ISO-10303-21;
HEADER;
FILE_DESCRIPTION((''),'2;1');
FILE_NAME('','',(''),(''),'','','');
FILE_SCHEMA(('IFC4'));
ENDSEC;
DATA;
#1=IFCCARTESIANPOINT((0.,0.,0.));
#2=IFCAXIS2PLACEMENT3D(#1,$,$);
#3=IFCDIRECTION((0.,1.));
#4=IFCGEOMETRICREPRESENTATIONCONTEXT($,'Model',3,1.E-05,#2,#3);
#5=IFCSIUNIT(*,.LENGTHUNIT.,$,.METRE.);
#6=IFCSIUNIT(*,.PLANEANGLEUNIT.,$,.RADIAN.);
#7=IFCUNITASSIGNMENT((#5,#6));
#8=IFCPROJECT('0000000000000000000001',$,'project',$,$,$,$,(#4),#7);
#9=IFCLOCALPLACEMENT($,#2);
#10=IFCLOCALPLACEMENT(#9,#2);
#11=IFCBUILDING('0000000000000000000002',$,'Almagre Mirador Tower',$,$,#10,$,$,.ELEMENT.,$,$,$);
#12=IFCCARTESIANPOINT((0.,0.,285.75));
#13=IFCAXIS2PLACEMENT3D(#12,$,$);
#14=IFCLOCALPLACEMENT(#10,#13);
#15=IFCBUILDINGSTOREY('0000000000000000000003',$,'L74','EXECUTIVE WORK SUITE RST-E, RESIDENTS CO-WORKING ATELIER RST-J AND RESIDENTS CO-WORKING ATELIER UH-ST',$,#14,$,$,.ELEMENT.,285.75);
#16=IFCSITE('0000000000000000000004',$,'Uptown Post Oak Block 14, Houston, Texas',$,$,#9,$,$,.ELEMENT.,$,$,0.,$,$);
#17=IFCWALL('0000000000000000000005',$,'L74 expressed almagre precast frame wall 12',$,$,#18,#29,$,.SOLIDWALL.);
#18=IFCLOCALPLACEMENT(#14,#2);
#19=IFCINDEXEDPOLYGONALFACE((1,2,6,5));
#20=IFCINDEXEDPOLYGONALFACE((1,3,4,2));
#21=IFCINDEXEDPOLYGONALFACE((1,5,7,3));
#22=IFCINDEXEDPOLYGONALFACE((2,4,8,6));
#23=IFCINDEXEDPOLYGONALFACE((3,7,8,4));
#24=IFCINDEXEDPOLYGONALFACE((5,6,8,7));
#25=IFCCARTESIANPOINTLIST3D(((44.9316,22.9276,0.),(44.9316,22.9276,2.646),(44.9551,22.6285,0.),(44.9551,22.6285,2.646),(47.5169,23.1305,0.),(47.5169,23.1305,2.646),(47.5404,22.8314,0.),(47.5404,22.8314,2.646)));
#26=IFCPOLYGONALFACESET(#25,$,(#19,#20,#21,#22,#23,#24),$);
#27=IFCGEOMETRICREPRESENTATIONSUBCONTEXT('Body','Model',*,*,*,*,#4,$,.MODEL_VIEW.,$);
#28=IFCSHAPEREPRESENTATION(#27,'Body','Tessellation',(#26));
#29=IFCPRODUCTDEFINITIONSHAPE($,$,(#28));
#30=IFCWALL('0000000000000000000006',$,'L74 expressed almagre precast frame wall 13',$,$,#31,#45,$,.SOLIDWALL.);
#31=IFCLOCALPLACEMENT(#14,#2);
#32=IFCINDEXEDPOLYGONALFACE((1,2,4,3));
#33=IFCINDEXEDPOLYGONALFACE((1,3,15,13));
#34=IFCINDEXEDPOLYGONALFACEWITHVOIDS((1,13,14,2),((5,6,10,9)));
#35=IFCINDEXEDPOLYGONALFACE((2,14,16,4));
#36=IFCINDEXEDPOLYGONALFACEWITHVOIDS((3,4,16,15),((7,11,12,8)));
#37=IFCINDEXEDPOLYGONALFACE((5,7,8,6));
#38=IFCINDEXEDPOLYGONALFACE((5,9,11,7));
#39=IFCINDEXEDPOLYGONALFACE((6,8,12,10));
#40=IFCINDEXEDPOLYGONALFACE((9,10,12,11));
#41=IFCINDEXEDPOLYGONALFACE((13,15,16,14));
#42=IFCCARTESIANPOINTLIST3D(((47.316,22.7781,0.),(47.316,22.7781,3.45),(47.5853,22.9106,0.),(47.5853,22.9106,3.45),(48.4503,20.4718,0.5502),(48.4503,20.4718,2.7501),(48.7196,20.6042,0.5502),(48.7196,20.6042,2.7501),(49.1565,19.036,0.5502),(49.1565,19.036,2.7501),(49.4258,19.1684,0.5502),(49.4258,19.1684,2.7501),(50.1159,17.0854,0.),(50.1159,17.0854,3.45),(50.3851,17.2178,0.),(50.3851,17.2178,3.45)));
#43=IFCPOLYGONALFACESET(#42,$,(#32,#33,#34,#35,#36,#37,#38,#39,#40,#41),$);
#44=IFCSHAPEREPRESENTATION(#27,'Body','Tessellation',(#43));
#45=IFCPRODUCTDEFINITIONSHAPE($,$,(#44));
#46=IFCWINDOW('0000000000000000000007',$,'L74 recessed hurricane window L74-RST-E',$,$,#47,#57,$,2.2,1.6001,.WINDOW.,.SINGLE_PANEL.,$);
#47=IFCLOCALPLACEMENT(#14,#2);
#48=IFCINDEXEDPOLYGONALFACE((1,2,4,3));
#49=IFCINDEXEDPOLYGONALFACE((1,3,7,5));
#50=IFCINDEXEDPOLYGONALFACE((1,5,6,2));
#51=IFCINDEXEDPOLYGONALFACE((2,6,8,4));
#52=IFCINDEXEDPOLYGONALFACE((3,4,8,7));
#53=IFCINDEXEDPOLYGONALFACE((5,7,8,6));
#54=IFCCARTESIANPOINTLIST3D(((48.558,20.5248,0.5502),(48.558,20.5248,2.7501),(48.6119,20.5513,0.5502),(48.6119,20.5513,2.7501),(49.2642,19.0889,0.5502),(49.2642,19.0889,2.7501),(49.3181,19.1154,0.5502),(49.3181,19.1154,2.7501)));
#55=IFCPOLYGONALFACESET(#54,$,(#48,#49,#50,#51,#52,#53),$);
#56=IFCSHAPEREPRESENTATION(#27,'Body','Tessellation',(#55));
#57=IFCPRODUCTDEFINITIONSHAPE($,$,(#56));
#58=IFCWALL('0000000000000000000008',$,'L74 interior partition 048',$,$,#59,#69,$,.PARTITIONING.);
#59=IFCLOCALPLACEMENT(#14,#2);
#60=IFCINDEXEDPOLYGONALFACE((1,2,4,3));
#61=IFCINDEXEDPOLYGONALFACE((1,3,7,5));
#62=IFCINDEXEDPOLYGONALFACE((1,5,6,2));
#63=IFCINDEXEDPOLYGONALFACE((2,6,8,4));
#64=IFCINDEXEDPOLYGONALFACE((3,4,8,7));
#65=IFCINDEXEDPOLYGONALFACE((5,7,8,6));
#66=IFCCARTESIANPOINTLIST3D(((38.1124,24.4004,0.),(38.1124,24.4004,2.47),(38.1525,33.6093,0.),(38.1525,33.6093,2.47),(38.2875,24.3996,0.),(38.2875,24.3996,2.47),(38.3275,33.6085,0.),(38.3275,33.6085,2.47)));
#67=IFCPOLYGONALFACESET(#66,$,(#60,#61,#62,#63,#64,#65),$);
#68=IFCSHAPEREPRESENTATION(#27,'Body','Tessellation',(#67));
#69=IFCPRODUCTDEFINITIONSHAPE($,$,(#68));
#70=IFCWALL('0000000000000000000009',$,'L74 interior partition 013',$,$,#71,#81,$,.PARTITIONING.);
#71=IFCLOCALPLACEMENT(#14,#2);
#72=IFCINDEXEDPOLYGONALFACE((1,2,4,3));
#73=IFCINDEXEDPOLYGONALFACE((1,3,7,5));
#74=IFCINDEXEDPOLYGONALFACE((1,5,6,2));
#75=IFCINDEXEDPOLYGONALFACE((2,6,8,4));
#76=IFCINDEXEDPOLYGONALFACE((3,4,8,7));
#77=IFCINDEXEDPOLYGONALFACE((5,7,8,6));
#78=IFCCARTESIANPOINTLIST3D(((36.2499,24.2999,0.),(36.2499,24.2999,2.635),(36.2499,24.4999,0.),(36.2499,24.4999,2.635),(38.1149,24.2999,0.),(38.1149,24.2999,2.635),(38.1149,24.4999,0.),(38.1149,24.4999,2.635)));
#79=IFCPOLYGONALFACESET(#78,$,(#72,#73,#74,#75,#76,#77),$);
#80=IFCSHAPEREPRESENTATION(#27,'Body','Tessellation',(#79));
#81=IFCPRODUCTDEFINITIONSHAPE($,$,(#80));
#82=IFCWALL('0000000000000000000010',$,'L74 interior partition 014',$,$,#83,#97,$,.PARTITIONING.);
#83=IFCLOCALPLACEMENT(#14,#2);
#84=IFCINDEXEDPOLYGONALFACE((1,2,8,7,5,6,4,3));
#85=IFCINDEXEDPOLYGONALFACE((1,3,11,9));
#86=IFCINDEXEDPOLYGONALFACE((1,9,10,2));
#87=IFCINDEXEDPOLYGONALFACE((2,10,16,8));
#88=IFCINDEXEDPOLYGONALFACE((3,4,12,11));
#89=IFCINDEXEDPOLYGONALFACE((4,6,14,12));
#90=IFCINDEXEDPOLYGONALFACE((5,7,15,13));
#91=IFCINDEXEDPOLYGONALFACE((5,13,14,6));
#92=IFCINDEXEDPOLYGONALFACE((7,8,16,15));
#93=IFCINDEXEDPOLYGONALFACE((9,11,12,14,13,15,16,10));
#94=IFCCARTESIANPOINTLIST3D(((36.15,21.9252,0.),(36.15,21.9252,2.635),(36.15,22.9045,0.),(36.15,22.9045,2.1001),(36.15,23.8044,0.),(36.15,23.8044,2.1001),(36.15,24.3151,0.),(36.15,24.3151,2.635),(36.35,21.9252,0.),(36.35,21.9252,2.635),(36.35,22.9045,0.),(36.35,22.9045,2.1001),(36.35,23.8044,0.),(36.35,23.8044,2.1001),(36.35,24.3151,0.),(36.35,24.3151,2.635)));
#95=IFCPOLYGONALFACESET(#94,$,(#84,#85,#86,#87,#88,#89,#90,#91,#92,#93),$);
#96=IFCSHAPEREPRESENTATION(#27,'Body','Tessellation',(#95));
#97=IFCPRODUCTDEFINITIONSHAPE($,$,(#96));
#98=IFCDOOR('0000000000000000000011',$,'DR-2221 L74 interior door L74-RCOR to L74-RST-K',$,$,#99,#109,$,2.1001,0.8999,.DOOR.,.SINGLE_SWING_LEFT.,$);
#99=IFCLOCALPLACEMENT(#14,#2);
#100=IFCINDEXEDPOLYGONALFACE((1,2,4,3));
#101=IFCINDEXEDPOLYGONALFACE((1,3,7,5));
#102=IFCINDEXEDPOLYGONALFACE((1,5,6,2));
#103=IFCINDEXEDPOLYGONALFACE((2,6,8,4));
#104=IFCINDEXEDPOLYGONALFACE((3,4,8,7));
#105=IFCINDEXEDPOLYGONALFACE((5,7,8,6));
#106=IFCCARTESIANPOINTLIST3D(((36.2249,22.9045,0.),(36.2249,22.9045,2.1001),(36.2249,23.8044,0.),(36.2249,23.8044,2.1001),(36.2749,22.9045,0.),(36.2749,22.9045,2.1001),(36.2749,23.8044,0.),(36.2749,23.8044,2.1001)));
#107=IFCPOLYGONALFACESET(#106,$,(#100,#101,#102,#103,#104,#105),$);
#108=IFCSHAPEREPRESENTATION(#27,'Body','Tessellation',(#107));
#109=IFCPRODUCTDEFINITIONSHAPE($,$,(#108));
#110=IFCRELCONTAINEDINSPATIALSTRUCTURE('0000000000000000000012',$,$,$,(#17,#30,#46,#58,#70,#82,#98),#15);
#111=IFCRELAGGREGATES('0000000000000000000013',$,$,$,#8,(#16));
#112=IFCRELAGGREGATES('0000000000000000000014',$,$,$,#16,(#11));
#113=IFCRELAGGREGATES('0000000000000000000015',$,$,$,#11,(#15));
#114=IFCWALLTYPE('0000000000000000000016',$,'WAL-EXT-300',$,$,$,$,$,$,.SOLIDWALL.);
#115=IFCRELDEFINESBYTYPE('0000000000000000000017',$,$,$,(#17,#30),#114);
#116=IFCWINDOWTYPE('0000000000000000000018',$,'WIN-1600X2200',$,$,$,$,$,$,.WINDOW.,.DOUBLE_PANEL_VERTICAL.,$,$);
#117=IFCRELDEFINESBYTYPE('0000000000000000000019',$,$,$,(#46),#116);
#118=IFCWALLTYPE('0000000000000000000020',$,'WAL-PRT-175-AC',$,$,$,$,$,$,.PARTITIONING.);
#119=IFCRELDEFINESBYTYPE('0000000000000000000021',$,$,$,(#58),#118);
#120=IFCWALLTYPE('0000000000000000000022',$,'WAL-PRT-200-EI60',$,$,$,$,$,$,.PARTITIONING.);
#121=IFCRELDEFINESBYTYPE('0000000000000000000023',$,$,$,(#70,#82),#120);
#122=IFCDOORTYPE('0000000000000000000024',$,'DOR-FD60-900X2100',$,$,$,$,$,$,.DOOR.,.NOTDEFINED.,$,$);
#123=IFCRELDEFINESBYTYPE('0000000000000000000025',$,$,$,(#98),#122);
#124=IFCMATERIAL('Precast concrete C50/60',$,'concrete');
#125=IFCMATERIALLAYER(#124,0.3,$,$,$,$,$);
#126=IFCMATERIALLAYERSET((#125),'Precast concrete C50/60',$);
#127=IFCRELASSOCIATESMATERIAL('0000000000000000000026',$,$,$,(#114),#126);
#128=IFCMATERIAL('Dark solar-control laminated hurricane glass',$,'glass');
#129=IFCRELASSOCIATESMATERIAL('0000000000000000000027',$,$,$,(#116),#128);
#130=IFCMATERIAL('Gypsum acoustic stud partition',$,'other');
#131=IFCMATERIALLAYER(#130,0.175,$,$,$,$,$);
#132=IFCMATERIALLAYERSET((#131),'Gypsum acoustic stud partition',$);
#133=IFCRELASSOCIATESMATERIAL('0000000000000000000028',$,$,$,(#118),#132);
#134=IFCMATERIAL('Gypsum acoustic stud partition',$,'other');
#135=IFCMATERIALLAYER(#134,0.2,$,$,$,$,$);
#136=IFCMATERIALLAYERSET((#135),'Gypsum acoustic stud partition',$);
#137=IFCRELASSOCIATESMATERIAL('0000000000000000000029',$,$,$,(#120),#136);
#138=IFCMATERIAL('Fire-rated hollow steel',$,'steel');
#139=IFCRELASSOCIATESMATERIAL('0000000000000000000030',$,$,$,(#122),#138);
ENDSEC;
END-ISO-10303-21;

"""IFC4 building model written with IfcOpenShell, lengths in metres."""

from ifc_helpers import new_model, si_unit, direction, frame, frame_2d, origin, place, context, subcontext, project, spatial, rectangle, extrude, material, layer, layer_set, type_object, element, fill, save


model = new_model("IFC4")

# Units and contexts
model_context = context("Model", 3, precision=1e-05, world=origin(), true_north=direction((0.0, 1.0)))
body_context = subcontext(model_context, "Body", "Model", "MODEL_VIEW")
ifc_project = project(units=[si_unit("LENGTHUNIT", "METRE"), si_unit("PLANEANGLEUNIT", "RADIAN")], contexts=[model_context])

# Site, building, storey
site_placement = place(None, origin())
site = spatial("IfcSite", under=ifc_project, at=site_placement, Name="Uptown Post Oak Block 14, Houston, Texas", CompositionType="ELEMENT", RefElevation=0.0)
building_placement = place(site_placement, origin())
building = spatial("IfcBuilding", under=site, at=building_placement, Name="Almagre Mirador Tower", CompositionType="ELEMENT")
storey_placement = place(building_placement, frame((0.0, 0.0, 285.75)))
storey = spatial("IfcBuildingStorey", under=building, at=storey_placement, Name="L74", Description="EXECUTIVE WORK SUITE RST-E, RESIDENTS CO-WORKING ATELIER RST-J AND RESIDENTS CO-WORKING ATELIER UH-ST", CompositionType="ELEMENT", Elevation=285.75)

# Shared definitions
ifc_material_1 = material(Name="Precast concrete C50/60", Category="concrete")
ifc_layer_1 = layer(ifc_material_1, 0.3)
ifc_layer_set_1 = layer_set([ifc_layer_1], Name="Precast concrete C50/60")
wall_type_1 = type_object("IfcWallType", Name="WAL-EXT-300", PredefinedType="SOLIDWALL", material=ifc_layer_set_1)

# Wall
wall_1_placement = place(storey_placement, frame((44.9434, 22.7781, 0.0), z_axis=(0.0, 0.0, 1.0), x_axis=(0.996935, 0.078237, 0.0)))
element("IfcWall", 1, at=wall_1_placement, inside=storey, type_object=wall_type_1, Name="L74 expressed almagre precast frame wall 12", PredefinedType="SOLIDWALL", context=body_context, shape_type="SweptSolid", body=[
    extrude(rectangle(XDim=2.5933, YDim=0.3, at=frame_2d((1.2966, 0.0))), origin(), (0.0, 0.0, 1.0), 2.646),
])

# Wall, opening, window
wall_2_placement = place(storey_placement, frame((47.4507, 22.8442, 0.0), z_axis=(0.0, 0.0, 1.0), x_axis=(0.441339, -0.89734, 0.0)))
wall_2 = element("IfcWall", 2, at=wall_2_placement, inside=storey, type_object=wall_type_1, Name="L74 expressed almagre precast frame wall 13", PredefinedType="SOLIDWALL", context=body_context, shape_type="SweptSolid", body=[
    extrude(rectangle(XDim=6.344, YDim=0.3, at=frame_2d((3.1719, 0.0))), origin(), (0.0, 0.0, 1.0), 3.45),
])
opening_1_placement = place(wall_2_placement, frame((2.5701, 0.0, 0.55)))
opening_1 = element("IfcOpeningElement", 3, at=opening_1_placement, cuts=wall_2, PredefinedType="OPENING", context=body_context, shape_type="SweptSolid", body=[
    extrude(rectangle(XDim=1.6001, YDim=2.2, at=frame_2d((0.8, 1.1001))), frame((0.0, 0.1599, 0.0), z_axis=(0.0, -1.0, 0.0), x_axis=(1.0, 0.0, 0.0)), (0.0, 0.0, 1.0), 0.32),
])
ifc_material_2 = material(Name="Dark solar-control laminated hurricane glass", Category="glass")
window_type_1 = type_object("IfcWindowType", Name="WIN-1600X2200", PartitioningType="DOUBLE_PANEL_VERTICAL", PredefinedType="WINDOW", material=ifc_material_2)
window_1_placement = place(opening_1_placement, origin())
window_1 = element("IfcWindow", 4, at=window_1_placement, inside=storey, type_object=window_type_1, Name="L74 recessed hurricane window L74-RST-E", OverallHeight=2.2, OverallWidth=1.6001, PartitioningType="SINGLE_PANEL", PredefinedType="WINDOW", context=body_context, shape_type="SweptSolid", body=[
    extrude(rectangle(XDim=1.6001, YDim=2.2, at=frame_2d((0.8, 1.1001))), frame((0.0, 0.03, 0.0), z_axis=(0.0, -1.0, 0.0), x_axis=(1.0, 0.0, 0.0)), (0.0, 0.0, 1.0), 0.0601),
])
fill(opening_1, window_1)

# Walls
ifc_material_3 = material(Name="Gypsum acoustic stud partition", Category="other")
ifc_layer_2 = layer(ifc_material_3, 0.175)
ifc_layer_set_2 = layer_set([ifc_layer_2], Name="Gypsum acoustic stud partition")
wall_type_2 = type_object("IfcWallType", Name="WAL-PRT-175-AC", PredefinedType="PARTITIONING", material=ifc_layer_set_2)
wall_3_placement = place(storey_placement, frame((38.24, 33.6089, 0.0), z_axis=(0.0, 0.0, 1.0), x_axis=(-0.004348, -0.999991, 0.0)))
element("IfcWall", 5, at=wall_3_placement, inside=storey, type_object=wall_type_2, Name="L74 interior partition 048", PredefinedType="PARTITIONING", context=body_context, shape_type="SweptSolid", body=[
    extrude(rectangle(XDim=9.209, YDim=0.175, at=frame_2d((4.6045, 0.0))), origin(), (0.0, 0.0, 1.0), 2.47),
])
ifc_material_4 = material(Name="Gypsum acoustic stud partition", Category="other")
ifc_layer_3 = layer(ifc_material_4, 0.2)
ifc_layer_set_3 = layer_set([ifc_layer_3], Name="Gypsum acoustic stud partition")
wall_type_3 = type_object("IfcWallType", Name="WAL-PRT-200-EI60", PredefinedType="PARTITIONING", material=ifc_layer_set_3)
wall_4_placement = place(storey_placement, frame((38.115, 24.3999, 0.0), z_axis=(0.0, 0.0, 1.0), x_axis=(-1.0, 0.0, 0.0)))
element("IfcWall", 6, at=wall_4_placement, inside=storey, type_object=wall_type_3, Name="L74 interior partition 013", PredefinedType="PARTITIONING", context=body_context, shape_type="SweptSolid", body=[
    extrude(rectangle(XDim=1.865, YDim=0.2, at=frame_2d((0.9326, 0.0))), origin(), (0.0, 0.0, 1.0), 2.635),
])

# Wall, opening, door
wall_5_placement = place(storey_placement, frame((36.25, 24.3149, 0.0), z_axis=(0.0, 0.0, 1.0), x_axis=(0.0, -1.0, 0.0)))
wall_5 = element("IfcWall", 7, at=wall_5_placement, inside=storey, type_object=wall_type_3, Name="L74 interior partition 014", PredefinedType="PARTITIONING", context=body_context, shape_type="SweptSolid", body=[
    extrude(rectangle(XDim=2.3899, YDim=0.2, at=frame_2d((1.1948, 0.0))), origin(), (0.0, 0.0, 1.0), 2.635),
])
opening_2_placement = place(wall_5_placement, frame((0.5105, 0.0, 0.0)))
opening_2 = element("IfcOpeningElement", 8, at=opening_2_placement, cuts=wall_5, PredefinedType="OPENING", context=body_context, shape_type="SweptSolid", body=[
    extrude(rectangle(XDim=0.8999, YDim=2.1001, at=frame_2d((0.45, 1.05))), frame((0.0, 0.1101, 0.0), z_axis=(0.0, -1.0, 0.0), x_axis=(1.0, 0.0, 0.0)), (0.0, 0.0, 1.0), 0.22),
])
ifc_material_5 = material(Name="Fire-rated hollow steel", Category="steel")
door_type = type_object("IfcDoorType", Name="DOR-FD60-900X2100", OperationType="NOTDEFINED", PredefinedType="DOOR", material=ifc_material_5)
door_placement = place(opening_2_placement, origin())
door = element("IfcDoor", 9, at=door_placement, inside=storey, type_object=door_type, Name="DR-2221 L74 interior door L74-RCOR to L74-RST-K", OperationType="SINGLE_SWING_LEFT", OverallHeight=2.1001, OverallWidth=0.8999, PredefinedType="DOOR", context=body_context, shape_type="SweptSolid", body=[
    extrude(rectangle(XDim=0.8999, YDim=2.1001, at=frame_2d((0.45, 1.05))), frame((0.0, 0.0249, 0.0), z_axis=(0.0, -1.0, 0.0), x_axis=(1.0, 0.0, 0.0)), (0.0, 0.0, 1.0), 0.05),
])
fill(opening_2, door)

save(model, "model.ifc")
